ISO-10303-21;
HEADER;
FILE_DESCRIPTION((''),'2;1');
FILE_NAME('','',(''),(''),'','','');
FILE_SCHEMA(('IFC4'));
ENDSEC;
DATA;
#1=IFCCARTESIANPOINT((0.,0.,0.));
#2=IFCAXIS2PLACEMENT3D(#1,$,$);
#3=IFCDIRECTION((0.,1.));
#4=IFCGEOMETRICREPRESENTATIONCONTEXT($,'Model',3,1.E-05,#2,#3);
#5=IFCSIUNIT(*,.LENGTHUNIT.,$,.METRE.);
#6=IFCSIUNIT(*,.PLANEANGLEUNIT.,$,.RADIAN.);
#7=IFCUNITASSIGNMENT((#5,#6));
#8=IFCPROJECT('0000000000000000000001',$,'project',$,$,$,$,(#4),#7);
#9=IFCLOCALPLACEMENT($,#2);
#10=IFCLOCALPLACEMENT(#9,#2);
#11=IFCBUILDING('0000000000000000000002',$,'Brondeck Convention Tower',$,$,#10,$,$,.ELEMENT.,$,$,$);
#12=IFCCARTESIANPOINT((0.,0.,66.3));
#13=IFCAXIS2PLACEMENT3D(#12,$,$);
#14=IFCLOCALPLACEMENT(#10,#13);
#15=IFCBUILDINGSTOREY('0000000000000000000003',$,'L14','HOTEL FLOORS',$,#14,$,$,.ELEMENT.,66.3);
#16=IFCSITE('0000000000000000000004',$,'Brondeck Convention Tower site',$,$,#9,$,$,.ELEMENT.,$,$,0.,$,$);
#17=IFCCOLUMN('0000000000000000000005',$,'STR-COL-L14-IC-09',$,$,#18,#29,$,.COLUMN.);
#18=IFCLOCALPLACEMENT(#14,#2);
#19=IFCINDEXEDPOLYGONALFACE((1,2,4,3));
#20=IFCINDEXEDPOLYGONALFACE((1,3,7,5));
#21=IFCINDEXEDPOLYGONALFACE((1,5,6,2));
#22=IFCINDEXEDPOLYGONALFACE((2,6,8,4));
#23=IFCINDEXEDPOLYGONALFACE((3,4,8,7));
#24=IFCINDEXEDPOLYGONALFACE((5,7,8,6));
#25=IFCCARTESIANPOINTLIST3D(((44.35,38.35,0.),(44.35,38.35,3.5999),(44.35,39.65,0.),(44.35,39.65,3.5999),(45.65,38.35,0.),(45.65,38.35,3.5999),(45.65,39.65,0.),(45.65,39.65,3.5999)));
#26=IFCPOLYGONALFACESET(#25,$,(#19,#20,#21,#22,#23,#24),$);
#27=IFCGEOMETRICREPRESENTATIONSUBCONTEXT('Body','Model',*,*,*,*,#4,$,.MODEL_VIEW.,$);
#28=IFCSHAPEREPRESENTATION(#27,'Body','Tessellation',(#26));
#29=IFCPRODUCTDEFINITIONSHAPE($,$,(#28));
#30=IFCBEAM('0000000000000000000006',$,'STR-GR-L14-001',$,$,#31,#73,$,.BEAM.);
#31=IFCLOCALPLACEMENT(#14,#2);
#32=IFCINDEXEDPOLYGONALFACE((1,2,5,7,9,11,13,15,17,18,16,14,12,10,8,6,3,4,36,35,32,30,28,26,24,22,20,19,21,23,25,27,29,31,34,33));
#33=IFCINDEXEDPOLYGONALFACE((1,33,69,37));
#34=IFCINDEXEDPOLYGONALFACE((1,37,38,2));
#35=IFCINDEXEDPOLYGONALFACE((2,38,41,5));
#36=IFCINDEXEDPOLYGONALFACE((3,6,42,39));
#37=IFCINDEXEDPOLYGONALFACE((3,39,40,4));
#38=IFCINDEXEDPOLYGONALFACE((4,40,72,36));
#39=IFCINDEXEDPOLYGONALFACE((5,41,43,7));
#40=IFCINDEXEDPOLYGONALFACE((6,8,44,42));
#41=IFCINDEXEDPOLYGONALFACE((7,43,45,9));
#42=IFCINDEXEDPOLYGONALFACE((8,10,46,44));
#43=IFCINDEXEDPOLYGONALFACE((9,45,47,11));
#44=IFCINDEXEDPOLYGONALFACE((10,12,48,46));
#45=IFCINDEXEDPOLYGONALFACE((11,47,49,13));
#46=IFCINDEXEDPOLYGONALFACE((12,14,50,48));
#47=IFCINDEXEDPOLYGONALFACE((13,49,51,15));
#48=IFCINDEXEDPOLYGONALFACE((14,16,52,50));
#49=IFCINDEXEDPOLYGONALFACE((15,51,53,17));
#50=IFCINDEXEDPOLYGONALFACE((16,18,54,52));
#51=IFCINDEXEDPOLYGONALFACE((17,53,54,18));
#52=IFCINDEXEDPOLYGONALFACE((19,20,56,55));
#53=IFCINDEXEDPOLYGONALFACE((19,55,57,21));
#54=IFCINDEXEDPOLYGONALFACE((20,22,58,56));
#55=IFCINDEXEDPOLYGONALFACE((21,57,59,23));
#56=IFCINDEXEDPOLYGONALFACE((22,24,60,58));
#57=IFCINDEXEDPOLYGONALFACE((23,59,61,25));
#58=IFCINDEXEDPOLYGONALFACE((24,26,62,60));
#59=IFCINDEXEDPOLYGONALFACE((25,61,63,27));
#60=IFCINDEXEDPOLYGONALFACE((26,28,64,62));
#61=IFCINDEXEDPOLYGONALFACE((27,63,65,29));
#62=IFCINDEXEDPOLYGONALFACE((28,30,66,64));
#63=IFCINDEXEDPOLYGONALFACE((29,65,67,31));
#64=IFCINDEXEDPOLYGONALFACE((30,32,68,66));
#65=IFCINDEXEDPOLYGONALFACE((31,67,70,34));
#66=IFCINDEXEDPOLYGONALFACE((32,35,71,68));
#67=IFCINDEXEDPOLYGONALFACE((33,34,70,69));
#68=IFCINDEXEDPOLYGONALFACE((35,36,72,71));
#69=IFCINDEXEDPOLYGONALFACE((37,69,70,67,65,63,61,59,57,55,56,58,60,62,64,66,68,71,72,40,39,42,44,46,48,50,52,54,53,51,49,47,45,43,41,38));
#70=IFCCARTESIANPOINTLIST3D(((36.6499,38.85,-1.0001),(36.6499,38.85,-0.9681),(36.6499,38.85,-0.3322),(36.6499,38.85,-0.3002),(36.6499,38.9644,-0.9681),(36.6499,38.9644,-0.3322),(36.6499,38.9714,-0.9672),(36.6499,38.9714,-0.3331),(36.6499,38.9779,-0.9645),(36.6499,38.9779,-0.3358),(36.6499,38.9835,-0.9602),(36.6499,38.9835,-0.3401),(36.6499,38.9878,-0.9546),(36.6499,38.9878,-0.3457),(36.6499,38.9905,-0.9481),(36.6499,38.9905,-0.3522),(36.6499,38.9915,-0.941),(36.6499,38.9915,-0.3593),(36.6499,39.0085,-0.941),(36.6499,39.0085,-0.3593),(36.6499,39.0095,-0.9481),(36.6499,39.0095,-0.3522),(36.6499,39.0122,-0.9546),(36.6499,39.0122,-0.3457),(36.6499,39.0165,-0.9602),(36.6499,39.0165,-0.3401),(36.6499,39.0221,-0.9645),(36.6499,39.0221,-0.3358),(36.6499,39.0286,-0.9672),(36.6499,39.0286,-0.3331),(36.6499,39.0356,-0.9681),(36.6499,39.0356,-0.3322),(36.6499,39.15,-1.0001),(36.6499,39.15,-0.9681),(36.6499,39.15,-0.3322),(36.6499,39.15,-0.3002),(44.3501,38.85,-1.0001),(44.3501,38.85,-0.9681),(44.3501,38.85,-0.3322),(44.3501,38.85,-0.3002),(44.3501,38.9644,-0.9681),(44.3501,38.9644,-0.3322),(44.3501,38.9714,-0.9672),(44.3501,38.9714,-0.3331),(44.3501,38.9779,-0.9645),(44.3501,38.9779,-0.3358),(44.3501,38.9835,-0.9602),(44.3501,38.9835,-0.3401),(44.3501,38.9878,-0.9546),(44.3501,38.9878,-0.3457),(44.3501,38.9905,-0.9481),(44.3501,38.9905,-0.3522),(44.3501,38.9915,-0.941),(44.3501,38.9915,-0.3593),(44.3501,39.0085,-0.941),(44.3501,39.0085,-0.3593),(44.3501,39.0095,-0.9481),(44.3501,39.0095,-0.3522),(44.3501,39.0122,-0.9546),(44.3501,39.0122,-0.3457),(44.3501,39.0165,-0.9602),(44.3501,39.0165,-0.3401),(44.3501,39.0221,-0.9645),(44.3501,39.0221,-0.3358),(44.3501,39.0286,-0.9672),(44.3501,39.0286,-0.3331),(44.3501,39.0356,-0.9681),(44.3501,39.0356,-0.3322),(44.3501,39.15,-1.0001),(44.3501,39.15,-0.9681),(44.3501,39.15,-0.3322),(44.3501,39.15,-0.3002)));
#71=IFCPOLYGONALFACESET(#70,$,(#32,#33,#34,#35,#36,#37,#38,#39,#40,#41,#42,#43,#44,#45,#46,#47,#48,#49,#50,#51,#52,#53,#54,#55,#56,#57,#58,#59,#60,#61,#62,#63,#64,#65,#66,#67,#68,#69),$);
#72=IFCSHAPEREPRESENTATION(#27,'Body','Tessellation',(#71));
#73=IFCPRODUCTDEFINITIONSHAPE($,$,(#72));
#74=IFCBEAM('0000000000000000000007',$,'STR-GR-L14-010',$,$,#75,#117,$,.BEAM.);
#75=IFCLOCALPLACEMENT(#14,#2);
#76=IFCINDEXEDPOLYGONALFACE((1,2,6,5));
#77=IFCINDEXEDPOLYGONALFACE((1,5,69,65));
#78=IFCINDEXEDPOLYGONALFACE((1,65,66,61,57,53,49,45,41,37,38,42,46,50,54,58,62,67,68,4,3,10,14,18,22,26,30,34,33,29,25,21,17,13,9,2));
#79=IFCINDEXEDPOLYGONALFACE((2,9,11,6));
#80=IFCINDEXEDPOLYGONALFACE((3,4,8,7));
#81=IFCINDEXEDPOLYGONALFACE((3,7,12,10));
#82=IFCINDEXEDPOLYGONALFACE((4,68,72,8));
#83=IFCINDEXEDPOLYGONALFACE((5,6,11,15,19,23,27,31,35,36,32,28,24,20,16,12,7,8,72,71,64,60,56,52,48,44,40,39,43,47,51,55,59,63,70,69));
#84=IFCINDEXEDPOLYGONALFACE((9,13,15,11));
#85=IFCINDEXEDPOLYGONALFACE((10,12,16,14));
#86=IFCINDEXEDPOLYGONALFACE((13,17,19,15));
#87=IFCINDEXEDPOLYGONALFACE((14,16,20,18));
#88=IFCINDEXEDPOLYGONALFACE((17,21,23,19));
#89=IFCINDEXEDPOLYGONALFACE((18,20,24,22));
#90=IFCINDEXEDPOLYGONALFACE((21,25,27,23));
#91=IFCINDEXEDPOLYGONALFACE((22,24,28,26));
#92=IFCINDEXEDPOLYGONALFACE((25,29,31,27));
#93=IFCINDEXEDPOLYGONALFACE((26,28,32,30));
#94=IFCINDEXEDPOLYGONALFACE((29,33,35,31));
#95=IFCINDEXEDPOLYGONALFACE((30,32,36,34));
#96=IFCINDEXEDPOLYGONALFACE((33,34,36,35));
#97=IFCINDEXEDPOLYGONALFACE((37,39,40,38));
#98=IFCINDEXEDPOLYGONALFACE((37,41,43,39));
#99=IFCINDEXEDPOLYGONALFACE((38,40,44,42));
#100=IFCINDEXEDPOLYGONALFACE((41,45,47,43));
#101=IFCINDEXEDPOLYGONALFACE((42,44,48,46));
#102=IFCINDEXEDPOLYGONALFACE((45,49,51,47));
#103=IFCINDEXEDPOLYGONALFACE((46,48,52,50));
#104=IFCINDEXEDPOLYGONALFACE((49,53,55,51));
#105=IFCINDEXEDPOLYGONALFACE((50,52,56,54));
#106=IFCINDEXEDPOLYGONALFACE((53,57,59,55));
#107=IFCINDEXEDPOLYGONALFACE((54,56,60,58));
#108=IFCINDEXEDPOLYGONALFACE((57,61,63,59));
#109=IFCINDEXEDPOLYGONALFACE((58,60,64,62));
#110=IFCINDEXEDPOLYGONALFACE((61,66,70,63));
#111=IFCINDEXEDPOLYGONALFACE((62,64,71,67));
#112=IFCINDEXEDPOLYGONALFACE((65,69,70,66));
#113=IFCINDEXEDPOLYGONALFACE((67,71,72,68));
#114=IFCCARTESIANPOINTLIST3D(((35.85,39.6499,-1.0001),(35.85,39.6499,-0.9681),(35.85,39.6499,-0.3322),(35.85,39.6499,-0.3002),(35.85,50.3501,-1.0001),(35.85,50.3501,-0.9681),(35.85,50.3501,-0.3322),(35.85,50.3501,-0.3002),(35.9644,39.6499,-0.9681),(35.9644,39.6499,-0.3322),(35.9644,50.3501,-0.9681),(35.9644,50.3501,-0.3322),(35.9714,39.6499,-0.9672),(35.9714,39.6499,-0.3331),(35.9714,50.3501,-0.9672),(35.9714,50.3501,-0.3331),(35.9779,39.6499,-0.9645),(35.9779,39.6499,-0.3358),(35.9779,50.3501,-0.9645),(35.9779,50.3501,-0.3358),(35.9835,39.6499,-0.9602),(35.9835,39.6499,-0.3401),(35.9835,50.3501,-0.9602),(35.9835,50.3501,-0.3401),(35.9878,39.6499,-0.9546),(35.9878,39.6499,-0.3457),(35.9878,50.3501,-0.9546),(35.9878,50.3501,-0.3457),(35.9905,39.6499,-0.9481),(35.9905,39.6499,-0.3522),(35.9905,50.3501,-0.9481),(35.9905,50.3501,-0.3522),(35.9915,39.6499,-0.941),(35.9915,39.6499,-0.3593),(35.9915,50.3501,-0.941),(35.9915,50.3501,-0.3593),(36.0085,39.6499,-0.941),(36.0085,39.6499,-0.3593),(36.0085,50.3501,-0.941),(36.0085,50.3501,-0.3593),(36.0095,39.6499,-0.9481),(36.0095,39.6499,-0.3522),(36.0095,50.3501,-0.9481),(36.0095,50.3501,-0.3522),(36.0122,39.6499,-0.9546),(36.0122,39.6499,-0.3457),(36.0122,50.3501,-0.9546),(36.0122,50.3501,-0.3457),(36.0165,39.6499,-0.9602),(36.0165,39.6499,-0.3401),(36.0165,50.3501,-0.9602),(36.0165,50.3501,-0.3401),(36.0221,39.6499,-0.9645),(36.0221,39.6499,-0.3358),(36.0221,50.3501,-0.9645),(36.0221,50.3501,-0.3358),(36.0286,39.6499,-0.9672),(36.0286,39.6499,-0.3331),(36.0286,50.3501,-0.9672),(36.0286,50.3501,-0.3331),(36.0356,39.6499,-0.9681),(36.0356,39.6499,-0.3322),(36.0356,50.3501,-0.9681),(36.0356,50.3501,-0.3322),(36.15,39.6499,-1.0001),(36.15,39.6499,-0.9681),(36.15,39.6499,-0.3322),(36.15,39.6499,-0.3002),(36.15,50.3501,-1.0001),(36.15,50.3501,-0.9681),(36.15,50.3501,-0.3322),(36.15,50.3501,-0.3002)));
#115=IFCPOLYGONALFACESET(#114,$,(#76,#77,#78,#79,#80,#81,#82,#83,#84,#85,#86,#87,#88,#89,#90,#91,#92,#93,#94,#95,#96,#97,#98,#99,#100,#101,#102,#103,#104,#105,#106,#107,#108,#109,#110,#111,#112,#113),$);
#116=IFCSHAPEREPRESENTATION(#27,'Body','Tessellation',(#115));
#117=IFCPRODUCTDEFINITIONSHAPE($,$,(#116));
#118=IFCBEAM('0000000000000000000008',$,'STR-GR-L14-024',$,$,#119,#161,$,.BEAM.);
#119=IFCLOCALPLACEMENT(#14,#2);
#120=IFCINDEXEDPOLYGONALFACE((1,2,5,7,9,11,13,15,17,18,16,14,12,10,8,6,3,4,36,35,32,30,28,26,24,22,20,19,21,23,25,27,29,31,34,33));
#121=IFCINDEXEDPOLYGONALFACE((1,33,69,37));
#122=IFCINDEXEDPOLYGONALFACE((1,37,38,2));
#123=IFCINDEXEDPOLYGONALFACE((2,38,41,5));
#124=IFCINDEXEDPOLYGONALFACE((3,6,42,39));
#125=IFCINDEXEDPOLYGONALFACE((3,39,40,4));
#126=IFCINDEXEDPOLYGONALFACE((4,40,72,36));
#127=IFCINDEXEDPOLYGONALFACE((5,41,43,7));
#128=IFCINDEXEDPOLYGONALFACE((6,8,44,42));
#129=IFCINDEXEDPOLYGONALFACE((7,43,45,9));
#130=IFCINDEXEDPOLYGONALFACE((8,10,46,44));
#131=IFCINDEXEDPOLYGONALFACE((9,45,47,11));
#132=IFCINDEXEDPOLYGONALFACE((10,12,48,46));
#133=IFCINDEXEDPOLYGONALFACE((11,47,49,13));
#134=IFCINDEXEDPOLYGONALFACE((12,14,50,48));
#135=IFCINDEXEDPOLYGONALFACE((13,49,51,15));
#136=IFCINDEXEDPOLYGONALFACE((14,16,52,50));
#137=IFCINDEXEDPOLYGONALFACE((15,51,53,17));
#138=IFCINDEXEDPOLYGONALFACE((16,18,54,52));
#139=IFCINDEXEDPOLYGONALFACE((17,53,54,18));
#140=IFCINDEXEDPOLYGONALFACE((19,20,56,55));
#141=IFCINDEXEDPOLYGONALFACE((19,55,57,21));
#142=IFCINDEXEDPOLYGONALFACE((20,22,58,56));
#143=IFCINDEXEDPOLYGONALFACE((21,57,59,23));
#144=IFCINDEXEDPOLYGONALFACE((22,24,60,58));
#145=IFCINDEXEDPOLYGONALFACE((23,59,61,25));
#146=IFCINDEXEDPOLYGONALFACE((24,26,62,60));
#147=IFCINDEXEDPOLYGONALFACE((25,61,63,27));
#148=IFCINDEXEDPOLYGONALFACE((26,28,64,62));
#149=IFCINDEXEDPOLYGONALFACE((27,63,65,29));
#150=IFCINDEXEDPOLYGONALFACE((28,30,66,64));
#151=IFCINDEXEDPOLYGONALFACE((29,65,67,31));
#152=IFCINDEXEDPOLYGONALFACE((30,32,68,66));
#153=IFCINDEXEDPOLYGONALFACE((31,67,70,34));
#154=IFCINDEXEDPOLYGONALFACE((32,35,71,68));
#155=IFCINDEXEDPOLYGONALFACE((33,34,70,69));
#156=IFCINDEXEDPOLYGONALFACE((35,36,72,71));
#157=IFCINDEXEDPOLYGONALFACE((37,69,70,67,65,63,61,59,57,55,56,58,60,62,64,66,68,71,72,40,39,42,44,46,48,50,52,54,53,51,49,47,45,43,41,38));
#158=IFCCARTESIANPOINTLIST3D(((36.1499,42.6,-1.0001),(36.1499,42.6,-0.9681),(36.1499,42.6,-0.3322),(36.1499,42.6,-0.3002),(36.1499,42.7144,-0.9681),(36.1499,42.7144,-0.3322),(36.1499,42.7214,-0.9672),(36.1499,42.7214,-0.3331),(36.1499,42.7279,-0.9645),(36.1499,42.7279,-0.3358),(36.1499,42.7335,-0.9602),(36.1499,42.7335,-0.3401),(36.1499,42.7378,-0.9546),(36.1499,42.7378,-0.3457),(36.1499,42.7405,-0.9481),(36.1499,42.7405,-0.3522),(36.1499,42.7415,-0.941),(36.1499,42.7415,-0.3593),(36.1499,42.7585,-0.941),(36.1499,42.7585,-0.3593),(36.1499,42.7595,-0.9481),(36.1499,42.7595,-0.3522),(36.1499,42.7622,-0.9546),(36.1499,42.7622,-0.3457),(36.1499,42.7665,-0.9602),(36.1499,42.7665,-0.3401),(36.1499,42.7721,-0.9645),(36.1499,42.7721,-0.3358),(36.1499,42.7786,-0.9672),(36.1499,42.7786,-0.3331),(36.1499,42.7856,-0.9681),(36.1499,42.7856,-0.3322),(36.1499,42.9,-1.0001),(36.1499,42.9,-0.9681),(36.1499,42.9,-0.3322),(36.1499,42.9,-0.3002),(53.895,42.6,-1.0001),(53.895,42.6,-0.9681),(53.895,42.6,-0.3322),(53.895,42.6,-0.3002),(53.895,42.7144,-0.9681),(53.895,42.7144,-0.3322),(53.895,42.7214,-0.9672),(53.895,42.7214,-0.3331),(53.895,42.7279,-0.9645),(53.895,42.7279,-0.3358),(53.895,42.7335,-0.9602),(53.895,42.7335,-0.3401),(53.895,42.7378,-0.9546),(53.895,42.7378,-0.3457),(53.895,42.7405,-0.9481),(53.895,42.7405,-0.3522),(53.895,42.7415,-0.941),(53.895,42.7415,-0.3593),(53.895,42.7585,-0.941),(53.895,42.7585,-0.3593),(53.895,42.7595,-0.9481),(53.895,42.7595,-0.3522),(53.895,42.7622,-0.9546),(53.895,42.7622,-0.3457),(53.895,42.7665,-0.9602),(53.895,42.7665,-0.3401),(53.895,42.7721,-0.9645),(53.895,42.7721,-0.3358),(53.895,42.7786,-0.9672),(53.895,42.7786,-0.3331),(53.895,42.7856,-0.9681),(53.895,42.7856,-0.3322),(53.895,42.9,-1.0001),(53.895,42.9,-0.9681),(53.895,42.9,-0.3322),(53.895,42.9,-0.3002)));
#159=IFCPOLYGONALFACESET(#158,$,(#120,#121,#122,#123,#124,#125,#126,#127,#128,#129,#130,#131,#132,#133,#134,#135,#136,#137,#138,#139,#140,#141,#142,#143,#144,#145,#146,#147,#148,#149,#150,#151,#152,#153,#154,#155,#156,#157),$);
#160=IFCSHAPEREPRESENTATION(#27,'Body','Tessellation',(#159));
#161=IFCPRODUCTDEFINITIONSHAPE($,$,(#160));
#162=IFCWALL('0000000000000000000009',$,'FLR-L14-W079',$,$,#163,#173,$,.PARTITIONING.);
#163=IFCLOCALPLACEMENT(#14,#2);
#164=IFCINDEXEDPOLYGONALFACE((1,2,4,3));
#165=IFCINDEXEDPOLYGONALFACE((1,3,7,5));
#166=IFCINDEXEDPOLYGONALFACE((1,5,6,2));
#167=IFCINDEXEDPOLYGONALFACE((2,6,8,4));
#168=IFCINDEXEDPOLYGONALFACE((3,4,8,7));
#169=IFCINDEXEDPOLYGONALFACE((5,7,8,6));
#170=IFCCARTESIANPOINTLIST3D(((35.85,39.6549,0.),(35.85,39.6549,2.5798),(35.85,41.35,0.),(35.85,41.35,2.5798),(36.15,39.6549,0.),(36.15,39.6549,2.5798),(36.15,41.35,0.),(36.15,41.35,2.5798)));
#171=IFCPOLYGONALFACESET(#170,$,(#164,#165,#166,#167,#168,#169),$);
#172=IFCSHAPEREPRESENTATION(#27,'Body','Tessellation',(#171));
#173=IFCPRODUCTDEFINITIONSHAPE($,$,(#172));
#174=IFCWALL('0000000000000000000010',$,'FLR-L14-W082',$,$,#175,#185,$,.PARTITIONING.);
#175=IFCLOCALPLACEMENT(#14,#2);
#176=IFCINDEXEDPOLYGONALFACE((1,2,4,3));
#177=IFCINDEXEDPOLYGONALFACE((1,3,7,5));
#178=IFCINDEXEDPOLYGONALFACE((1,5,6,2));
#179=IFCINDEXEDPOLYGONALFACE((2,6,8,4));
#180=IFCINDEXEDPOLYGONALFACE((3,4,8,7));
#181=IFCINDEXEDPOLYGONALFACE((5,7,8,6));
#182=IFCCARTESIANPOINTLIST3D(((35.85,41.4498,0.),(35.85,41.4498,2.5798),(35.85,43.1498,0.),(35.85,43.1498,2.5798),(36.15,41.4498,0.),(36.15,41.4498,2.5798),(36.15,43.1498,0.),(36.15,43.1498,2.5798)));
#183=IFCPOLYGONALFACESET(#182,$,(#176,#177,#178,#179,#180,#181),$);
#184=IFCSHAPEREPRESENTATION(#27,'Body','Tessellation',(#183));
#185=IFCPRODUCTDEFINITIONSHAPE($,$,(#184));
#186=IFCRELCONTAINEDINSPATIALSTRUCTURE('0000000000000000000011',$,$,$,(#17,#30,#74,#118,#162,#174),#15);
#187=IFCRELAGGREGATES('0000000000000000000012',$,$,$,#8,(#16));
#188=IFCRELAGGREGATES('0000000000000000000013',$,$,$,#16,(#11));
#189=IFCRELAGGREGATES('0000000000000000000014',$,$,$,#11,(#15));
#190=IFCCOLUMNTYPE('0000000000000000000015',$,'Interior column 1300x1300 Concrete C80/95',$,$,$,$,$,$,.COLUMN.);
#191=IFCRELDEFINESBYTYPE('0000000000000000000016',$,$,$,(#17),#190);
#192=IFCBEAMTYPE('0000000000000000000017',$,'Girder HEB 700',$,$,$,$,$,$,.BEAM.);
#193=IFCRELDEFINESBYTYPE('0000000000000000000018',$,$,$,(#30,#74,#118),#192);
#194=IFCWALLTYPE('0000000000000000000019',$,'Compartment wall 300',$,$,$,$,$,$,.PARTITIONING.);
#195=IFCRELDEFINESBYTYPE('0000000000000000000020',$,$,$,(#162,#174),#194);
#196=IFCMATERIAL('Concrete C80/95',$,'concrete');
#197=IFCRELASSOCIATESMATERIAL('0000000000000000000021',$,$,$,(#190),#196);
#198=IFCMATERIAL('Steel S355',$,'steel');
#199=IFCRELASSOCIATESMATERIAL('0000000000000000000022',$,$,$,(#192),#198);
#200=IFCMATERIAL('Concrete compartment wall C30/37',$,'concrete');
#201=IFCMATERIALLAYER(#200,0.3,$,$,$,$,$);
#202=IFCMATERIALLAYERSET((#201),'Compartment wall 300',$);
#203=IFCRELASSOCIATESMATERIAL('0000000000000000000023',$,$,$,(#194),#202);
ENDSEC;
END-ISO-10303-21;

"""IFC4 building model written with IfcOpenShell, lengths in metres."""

from ifc_helpers import new_model, si_unit, direction, frame, frame_2d, origin, origin_2d, place, context, subcontext, project, spatial, rectangle, i_section, extrude, material, layer, layer_set, material_profile, profile_set, type_object, element, save


model = new_model("IFC4")

# Units and contexts
model_context = context("Model", 3, precision=1e-05, world=origin(), true_north=direction((0.0, 1.0)))
body_context = subcontext(model_context, "Body", "Model", "MODEL_VIEW")
ifc_project = project(units=[si_unit("LENGTHUNIT", "METRE"), si_unit("PLANEANGLEUNIT", "RADIAN")], contexts=[model_context])

# Site, building, storey
site_placement = place(None, origin())
site = spatial("IfcSite", under=ifc_project, at=site_placement, Name="Brondeck Convention Tower site", CompositionType="ELEMENT", RefElevation=0.0)
building_placement = place(site_placement, origin())
building = spatial("IfcBuilding", under=site, at=building_placement, Name="Brondeck Convention Tower", CompositionType="ELEMENT")
storey_placement = place(building_placement, frame((0.0, 0.0, 66.3)))
storey = spatial("IfcBuildingStorey", under=building, at=storey_placement, Name="L14", Description="HOTEL FLOORS", CompositionType="ELEMENT", Elevation=66.3)

# Column
ifc_material_1 = material(Name="Concrete C80/95", Category="concrete")
ifc_material_profile_1 = material_profile(ifc_material_1, rectangle(XDim=1.3, YDim=1.3, at=origin_2d()), Name="Interior column 1300x1300 Concrete C80/95")
ifc_profile_set_1 = profile_set([ifc_material_profile_1], Name="Concrete C80/95")
column_type = type_object("IfcColumnType", Name="Interior column 1300x1300 Concrete C80/95", PredefinedType="COLUMN", material=ifc_profile_set_1)
column_placement = place(storey_placement, frame((45.0, 39.0, 0.0), z_axis=(0.0, 0.0, 1.0), x_axis=(1.0, 0.0, 0.0)))
element("IfcColumn", 1, at=column_placement, inside=storey, type_object=column_type, Name="STR-COL-L14-IC-09", PredefinedType="COLUMN", context=body_context, shape_type="SweptSolid", body=[
    extrude(rectangle(XDim=1.3, YDim=1.3, at=origin_2d()), origin(), (0.0, 0.0, 1.0), 3.5999),
])

# Beams
ifc_material_2 = material(Name="Steel S355", Category="steel")
ifc_material_profile_2 = material_profile(ifc_material_2, i_section(OverallWidth=0.3, OverallDepth=0.7, WebThickness=0.0171, FlangeThickness=0.032, FilletRadius=0.0271, at=origin_2d()), Name="HEB 700")
ifc_profile_set_2 = profile_set([ifc_material_profile_2], Name="Steel S355")
beam_type = type_object("IfcBeamType", Name="Girder HEB 700", PredefinedType="BEAM", material=ifc_profile_set_2)
beam_1_placement = place(storey_placement, frame((36.6499, 39.0, -0.6501), z_axis=(1.0, 0.0, 0.0), x_axis=(0.0, 1.0, 0.0)))
element("IfcBeam", 2, at=beam_1_placement, inside=storey, type_object=beam_type, Name="STR-GR-L14-001", PredefinedType="BEAM", context=body_context, shape_type="SweptSolid", body=[
    extrude(i_section(OverallWidth=0.3, OverallDepth=0.7, WebThickness=0.0171, FlangeThickness=0.032, FilletRadius=0.0271, at=origin_2d()), origin(), (0.0, 0.0, 1.0), 7.7002),
])
beam_2_placement = place(storey_placement, frame((36.0, 39.6499, -0.6501), z_axis=(0.0, 1.0, 0.0), x_axis=(-1.0, 0.0, 0.0)))
element("IfcBeam", 3, at=beam_2_placement, inside=storey, type_object=beam_type, Name="STR-GR-L14-010", PredefinedType="BEAM", context=body_context, shape_type="SweptSolid", body=[
    extrude(i_section(OverallWidth=0.3, OverallDepth=0.7, WebThickness=0.0171, FlangeThickness=0.032, FilletRadius=0.0271, at=origin_2d()), origin(), (0.0, 0.0, 1.0), 10.7002),
])
beam_3_placement = place(storey_placement, frame((36.1499, 42.75, -0.6501), z_axis=(1.0, 0.0, 0.0), x_axis=(0.0, 1.0, 0.0)))
element("IfcBeam", 4, at=beam_3_placement, inside=storey, type_object=beam_type, Name="STR-GR-L14-024", PredefinedType="BEAM", context=body_context, shape_type="SweptSolid", body=[
    extrude(i_section(OverallWidth=0.3, OverallDepth=0.7, WebThickness=0.0171, FlangeThickness=0.032, FilletRadius=0.0271, at=origin_2d()), origin(), (0.0, 0.0, 1.0), 17.7451),
])

# Walls
ifc_material_3 = material(Name="Concrete compartment wall C30/37", Category="concrete")
ifc_layer_1 = layer(ifc_material_3, 0.3)
ifc_layer_set_1 = layer_set([ifc_layer_1], Name="Compartment wall 300")
wall_type_1 = type_object("IfcWallType", Name="Compartment wall 300", PredefinedType="PARTITIONING", material=ifc_layer_set_1)
wall_1_placement = place(storey_placement, frame((36.0, 41.3501, 0.0), z_axis=(0.0, 0.0, 1.0), x_axis=(0.0, -1.0, 0.0)))
element("IfcWall", 5, at=wall_1_placement, inside=storey, type_object=wall_type_1, Name="FLR-L14-W079", PredefinedType="PARTITIONING", context=body_context, shape_type="SweptSolid", body=[
    extrude(rectangle(XDim=1.6951, YDim=0.3, at=frame_2d((0.8477, 0.0))), origin(), (0.0, 0.0, 1.0), 2.5798),
])
wall_2_placement = place(storey_placement, frame((36.0, 43.1499, 0.0), z_axis=(0.0, 0.0, 1.0), x_axis=(0.0, -1.0, 0.0)))
element("IfcWall", 6, at=wall_2_placement, inside=storey, type_object=wall_type_1, Name="FLR-L14-W082", PredefinedType="PARTITIONING", context=body_context, shape_type="SweptSolid", body=[
    extrude(rectangle(XDim=1.7, YDim=0.3, at=frame_2d((0.8501, 0.0))), origin(), (0.0, 0.0, 1.0), 2.5798),
])

save(model, "model.ifc")
